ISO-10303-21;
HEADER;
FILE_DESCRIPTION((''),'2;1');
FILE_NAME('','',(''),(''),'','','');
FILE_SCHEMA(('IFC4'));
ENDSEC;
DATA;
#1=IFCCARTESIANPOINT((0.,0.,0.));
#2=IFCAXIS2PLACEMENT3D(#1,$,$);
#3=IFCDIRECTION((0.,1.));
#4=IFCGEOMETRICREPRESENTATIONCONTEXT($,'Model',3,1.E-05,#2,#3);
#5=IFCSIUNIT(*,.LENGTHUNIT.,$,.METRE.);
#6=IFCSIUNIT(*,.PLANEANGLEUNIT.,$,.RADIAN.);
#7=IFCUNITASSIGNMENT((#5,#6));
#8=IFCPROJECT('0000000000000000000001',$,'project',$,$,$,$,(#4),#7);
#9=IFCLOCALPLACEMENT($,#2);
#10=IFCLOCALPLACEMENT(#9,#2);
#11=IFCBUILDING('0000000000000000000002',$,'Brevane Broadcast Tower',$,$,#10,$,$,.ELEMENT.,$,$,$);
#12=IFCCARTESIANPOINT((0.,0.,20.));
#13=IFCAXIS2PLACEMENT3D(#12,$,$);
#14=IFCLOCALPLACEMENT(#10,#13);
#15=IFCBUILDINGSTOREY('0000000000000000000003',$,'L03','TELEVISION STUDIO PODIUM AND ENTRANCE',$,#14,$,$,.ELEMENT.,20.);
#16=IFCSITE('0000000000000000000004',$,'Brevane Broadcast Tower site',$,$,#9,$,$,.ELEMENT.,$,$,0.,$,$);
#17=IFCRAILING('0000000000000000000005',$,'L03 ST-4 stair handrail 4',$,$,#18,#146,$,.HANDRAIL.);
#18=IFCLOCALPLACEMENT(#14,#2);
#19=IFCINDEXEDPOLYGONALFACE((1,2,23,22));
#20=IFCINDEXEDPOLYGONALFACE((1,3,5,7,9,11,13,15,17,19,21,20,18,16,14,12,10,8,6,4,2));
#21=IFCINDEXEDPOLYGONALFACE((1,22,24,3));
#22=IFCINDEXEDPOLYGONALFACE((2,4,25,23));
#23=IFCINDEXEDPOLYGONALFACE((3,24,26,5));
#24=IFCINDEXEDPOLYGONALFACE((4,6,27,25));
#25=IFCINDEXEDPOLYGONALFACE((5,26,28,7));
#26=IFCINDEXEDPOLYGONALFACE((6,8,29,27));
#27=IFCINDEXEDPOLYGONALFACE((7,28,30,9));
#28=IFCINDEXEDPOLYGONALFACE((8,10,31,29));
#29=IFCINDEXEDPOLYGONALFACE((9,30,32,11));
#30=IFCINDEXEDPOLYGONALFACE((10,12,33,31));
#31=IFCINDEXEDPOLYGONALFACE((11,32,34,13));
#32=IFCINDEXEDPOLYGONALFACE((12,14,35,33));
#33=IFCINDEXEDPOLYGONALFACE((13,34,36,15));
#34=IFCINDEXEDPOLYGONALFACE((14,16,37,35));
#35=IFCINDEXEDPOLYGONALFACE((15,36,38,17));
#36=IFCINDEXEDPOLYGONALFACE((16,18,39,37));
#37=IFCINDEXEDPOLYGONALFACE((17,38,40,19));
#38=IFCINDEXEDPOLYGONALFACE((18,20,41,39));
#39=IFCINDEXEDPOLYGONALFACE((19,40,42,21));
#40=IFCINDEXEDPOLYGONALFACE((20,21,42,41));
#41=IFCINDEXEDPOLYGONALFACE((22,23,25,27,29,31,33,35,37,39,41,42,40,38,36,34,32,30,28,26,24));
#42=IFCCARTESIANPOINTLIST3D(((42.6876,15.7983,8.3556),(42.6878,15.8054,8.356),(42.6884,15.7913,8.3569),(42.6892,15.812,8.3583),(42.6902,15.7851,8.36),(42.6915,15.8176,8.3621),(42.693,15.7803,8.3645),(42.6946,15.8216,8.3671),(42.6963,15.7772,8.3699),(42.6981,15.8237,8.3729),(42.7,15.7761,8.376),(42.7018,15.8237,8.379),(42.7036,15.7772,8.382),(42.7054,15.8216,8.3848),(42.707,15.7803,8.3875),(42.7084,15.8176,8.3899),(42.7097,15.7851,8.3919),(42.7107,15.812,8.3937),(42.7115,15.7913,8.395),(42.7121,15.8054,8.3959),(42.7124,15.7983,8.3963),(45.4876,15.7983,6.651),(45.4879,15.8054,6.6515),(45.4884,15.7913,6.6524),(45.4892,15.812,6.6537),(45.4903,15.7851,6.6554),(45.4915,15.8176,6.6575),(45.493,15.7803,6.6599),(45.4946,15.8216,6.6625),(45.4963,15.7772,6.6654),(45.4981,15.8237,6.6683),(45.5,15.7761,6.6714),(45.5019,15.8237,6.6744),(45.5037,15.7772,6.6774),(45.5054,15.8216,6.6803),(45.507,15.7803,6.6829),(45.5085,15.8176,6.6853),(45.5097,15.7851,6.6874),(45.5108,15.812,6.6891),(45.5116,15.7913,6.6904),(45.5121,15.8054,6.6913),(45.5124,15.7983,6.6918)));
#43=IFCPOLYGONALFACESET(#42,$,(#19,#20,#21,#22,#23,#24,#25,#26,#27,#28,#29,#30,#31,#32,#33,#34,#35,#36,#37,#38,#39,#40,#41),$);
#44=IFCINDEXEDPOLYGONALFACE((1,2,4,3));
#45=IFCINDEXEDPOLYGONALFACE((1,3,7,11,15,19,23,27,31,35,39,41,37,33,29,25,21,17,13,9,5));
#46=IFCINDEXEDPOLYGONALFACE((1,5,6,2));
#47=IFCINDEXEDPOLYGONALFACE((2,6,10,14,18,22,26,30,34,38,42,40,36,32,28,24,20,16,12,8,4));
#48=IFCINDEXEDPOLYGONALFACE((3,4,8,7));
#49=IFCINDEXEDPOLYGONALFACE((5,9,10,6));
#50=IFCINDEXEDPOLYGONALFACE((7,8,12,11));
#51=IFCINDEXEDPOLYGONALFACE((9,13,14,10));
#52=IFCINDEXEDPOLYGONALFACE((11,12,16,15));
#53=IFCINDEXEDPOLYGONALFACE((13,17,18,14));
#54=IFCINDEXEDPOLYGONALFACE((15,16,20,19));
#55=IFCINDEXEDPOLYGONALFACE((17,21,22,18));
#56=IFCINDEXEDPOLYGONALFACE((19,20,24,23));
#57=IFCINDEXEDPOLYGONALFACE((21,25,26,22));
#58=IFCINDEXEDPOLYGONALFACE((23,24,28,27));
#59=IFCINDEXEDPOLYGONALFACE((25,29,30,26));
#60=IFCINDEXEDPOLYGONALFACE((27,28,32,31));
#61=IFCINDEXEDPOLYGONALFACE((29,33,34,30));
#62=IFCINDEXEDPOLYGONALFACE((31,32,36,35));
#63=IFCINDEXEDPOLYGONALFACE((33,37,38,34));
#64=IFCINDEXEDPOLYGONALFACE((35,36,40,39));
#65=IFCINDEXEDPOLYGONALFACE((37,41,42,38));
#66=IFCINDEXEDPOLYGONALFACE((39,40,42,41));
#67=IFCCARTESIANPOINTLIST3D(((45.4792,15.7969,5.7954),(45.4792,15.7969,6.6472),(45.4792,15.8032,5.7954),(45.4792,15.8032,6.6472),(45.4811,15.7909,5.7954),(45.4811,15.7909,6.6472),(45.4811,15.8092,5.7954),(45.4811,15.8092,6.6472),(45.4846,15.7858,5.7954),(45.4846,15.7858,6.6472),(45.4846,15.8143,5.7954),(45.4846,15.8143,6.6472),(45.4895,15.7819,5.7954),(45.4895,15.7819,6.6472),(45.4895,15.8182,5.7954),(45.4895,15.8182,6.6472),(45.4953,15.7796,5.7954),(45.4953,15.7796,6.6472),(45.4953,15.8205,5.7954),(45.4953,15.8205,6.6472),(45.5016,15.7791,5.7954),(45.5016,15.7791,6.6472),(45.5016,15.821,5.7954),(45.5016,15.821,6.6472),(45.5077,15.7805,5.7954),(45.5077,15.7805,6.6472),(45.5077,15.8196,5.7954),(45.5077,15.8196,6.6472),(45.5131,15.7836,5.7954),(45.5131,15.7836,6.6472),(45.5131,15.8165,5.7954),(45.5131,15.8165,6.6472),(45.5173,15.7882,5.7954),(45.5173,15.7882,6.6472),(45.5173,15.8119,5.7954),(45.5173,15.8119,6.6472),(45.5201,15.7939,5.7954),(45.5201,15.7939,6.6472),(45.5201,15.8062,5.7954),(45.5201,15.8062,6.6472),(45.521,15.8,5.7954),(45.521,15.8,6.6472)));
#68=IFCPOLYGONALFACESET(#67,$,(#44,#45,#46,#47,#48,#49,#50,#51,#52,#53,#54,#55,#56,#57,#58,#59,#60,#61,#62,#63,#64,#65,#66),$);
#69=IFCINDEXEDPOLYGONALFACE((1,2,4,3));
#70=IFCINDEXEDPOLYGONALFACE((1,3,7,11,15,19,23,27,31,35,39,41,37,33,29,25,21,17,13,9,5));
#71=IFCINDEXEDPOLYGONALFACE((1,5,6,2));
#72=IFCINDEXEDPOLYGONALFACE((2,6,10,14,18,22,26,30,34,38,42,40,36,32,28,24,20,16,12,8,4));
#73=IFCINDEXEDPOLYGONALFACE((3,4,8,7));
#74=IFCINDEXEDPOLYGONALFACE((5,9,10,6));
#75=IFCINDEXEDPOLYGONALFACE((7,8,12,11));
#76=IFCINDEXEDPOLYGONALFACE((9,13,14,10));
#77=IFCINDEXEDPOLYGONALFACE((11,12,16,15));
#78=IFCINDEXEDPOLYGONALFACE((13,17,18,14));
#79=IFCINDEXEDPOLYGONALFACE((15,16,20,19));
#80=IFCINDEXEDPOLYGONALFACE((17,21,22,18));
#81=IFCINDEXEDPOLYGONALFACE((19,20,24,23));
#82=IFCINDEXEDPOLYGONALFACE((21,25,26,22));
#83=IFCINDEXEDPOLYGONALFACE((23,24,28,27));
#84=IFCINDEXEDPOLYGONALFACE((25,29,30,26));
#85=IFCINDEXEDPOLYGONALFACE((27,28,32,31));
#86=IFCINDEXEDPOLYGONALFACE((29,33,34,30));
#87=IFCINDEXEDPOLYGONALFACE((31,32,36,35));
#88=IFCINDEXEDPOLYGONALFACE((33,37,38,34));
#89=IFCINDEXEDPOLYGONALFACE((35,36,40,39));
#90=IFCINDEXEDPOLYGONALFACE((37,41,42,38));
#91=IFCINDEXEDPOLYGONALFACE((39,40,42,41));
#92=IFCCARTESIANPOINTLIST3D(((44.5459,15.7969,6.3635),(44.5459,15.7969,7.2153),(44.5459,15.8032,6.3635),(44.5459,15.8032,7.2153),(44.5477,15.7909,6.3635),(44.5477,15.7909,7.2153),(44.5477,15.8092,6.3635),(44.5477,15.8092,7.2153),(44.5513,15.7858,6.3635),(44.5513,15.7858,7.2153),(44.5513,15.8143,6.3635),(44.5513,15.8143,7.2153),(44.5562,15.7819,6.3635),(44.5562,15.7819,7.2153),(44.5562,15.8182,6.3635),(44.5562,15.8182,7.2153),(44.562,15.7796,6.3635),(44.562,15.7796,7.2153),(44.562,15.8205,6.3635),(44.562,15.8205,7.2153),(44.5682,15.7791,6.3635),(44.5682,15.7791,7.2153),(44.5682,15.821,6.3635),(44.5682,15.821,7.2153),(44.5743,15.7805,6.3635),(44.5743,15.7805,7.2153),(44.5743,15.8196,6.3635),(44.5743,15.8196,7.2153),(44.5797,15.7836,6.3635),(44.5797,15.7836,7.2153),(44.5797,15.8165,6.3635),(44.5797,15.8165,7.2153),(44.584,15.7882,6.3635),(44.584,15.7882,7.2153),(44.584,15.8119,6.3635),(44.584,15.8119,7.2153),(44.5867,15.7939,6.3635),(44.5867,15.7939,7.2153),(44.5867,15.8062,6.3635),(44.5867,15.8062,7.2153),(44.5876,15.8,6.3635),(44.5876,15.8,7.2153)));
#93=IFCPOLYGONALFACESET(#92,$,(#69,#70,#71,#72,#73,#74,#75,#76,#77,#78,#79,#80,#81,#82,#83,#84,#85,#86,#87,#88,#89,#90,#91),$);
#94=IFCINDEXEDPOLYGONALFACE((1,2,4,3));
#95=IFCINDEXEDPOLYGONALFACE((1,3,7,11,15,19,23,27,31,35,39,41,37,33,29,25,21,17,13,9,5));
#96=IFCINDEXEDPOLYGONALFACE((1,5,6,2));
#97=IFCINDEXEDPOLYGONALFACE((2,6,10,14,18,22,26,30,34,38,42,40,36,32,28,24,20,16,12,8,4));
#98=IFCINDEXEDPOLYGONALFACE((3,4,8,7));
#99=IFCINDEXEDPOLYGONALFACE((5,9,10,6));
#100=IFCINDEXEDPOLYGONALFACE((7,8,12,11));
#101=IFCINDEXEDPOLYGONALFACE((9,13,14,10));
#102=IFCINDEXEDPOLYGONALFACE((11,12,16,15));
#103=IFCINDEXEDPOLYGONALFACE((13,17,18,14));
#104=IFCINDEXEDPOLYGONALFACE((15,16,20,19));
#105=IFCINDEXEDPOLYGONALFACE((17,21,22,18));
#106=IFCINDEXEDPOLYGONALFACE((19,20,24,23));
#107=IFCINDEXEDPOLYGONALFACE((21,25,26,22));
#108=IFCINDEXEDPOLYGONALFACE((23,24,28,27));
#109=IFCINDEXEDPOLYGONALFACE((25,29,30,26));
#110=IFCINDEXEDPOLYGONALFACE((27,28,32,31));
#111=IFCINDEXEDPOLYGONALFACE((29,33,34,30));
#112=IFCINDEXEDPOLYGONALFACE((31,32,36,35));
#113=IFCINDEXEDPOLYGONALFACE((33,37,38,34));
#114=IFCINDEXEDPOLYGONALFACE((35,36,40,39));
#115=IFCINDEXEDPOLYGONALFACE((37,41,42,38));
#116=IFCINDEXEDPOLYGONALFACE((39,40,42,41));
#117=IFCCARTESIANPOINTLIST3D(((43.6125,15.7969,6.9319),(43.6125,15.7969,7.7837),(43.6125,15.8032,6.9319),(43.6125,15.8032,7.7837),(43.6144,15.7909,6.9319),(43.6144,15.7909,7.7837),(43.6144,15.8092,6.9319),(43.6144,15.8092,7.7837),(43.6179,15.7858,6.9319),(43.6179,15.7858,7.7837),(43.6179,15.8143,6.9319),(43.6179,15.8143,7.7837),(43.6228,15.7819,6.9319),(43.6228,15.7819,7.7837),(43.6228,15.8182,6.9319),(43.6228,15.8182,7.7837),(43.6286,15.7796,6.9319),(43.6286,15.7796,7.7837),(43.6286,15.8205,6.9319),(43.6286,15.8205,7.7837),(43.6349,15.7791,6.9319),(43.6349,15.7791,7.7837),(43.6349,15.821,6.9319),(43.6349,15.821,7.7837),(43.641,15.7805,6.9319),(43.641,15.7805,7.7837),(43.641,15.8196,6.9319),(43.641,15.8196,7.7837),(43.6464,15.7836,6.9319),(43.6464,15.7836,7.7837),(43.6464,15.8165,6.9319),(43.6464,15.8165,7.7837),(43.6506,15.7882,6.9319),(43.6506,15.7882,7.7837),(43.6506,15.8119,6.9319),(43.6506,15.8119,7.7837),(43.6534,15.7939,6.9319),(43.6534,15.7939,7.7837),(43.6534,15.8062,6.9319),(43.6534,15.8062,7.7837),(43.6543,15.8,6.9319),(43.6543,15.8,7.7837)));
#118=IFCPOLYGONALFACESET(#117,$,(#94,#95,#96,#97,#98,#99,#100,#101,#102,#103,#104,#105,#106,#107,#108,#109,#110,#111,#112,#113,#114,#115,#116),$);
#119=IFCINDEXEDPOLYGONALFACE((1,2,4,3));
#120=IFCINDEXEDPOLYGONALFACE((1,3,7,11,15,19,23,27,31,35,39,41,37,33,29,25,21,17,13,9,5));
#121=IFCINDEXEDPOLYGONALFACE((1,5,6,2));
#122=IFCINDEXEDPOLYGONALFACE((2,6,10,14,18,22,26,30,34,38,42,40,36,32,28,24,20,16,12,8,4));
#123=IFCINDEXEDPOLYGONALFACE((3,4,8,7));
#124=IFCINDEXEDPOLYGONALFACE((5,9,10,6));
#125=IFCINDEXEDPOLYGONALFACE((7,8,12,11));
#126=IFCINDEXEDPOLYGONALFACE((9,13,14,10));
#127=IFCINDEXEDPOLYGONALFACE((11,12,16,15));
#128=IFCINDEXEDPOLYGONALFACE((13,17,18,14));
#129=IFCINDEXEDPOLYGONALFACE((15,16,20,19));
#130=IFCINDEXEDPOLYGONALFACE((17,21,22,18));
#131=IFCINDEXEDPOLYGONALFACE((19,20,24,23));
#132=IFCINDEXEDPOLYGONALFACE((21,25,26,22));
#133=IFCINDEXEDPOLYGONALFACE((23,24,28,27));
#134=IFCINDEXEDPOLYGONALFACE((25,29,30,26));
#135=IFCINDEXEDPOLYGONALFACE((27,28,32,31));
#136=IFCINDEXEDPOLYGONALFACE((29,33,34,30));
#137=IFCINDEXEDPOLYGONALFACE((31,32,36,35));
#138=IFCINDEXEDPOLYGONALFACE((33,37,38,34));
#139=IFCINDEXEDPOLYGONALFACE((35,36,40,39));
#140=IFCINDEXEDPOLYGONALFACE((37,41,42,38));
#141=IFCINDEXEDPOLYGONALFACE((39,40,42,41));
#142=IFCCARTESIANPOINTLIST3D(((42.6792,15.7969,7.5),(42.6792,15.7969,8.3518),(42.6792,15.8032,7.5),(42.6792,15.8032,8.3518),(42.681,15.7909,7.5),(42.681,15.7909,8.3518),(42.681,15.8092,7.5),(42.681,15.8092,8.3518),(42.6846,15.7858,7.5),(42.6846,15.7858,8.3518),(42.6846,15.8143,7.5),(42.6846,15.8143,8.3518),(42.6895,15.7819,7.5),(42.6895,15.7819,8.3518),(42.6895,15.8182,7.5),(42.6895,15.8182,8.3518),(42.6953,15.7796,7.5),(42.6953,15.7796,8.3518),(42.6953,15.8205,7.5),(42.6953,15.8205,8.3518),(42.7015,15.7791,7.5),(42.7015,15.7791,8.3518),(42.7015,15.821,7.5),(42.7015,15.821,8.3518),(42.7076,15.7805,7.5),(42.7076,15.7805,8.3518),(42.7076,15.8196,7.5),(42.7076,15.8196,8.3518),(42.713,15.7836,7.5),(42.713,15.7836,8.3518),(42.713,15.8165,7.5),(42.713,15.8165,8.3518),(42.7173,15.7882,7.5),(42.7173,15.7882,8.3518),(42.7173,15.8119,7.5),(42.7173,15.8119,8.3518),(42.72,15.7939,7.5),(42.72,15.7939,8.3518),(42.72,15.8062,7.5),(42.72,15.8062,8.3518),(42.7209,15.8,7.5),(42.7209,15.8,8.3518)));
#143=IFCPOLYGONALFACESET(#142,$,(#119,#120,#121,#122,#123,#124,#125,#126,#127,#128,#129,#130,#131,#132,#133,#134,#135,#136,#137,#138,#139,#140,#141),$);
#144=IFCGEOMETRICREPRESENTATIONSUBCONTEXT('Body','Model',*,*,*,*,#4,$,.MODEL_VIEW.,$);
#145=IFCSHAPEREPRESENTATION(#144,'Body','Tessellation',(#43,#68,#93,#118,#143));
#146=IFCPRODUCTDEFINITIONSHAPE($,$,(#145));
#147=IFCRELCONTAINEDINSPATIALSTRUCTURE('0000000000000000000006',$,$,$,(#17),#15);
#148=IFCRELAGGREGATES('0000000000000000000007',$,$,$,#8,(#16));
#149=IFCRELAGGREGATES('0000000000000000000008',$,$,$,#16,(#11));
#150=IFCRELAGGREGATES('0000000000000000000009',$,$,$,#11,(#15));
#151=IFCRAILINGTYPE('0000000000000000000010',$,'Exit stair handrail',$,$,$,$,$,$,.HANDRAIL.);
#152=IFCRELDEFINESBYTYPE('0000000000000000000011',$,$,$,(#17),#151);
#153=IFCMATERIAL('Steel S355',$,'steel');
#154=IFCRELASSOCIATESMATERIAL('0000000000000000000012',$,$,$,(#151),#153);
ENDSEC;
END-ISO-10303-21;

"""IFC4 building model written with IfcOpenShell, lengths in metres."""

from ifc_helpers import new_model, si_unit, direction, frame, origin, origin_2d, place, context, subcontext, project, spatial, circle, extrude, material, type_object, element, save


model = new_model("IFC4")

# Units and contexts
model_context = context("Model", 3, precision=1e-05, world=origin(), true_north=direction((0.0, 1.0)))
body_context = subcontext(model_context, "Body", "Model", "MODEL_VIEW")
ifc_project = project(units=[si_unit("LENGTHUNIT", "METRE"), si_unit("PLANEANGLEUNIT", "RADIAN")], contexts=[model_context])

# Site, building, storey
site_placement = place(None, origin())
site = spatial("IfcSite", under=ifc_project, at=site_placement, Name="Brevane Broadcast Tower site", CompositionType="ELEMENT", RefElevation=0.0)
building_placement = place(site_placement, origin())
building = spatial("IfcBuilding", under=site, at=building_placement, Name="Brevane Broadcast Tower", CompositionType="ELEMENT")
storey_placement = place(building_placement, frame((0.0, 0.0, 20.0)))
storey = spatial("IfcBuildingStorey", under=building, at=storey_placement, Name="L03", Description="TELEVISION STUDIO PODIUM AND ENTRANCE", CompositionType="ELEMENT", Elevation=20.0)

# Shared definitions
ifc_material_1 = material(Name="Steel S355", Category="steel")

# Railing
railing_type_1 = type_object("IfcRailingType", Name="Exit stair handrail", PredefinedType="HANDRAIL", material=ifc_material_1)
for number, where, name in (
    (1, (45.5, 15.8, 5.7954), "L03 ST-4 stair handrail 4"),
):
    element("IfcRailing", number, at=place(storey_placement, frame(where)), inside=storey, type_object=railing_type_1, Name=name, PredefinedType="HANDRAIL", context=body_context, shape_type="SweptSolid", body=[
        extrude(circle(Radius=0.0239, at=origin_2d()), frame((0.0, 0.0, 0.876), z_axis=(-0.85417, 0.0, 0.519994), x_axis=(0.0, -1.0, 0.0)), (0.0, 0.0, 1.0), 3.2781),
        extrude(circle(Radius=0.021, at=origin_2d()), origin(), (0.0, 0.0, 1.0), 0.8518),
        extrude(circle(Radius=0.021, at=origin_2d()), frame((-0.9333, 0.0, 0.5681)), (0.0, 0.0, 1.0), 0.8518),
        extrude(circle(Radius=0.021, at=origin_2d()), frame((-1.8667, 0.0, 1.1365)), (0.0, 0.0, 1.0), 0.8518),
        extrude(circle(Radius=0.021, at=origin_2d()), frame((-2.8, 0.0, 1.7046)), (0.0, 0.0, 1.0), 0.8518),
    ])

save(model, "model.ifc")
